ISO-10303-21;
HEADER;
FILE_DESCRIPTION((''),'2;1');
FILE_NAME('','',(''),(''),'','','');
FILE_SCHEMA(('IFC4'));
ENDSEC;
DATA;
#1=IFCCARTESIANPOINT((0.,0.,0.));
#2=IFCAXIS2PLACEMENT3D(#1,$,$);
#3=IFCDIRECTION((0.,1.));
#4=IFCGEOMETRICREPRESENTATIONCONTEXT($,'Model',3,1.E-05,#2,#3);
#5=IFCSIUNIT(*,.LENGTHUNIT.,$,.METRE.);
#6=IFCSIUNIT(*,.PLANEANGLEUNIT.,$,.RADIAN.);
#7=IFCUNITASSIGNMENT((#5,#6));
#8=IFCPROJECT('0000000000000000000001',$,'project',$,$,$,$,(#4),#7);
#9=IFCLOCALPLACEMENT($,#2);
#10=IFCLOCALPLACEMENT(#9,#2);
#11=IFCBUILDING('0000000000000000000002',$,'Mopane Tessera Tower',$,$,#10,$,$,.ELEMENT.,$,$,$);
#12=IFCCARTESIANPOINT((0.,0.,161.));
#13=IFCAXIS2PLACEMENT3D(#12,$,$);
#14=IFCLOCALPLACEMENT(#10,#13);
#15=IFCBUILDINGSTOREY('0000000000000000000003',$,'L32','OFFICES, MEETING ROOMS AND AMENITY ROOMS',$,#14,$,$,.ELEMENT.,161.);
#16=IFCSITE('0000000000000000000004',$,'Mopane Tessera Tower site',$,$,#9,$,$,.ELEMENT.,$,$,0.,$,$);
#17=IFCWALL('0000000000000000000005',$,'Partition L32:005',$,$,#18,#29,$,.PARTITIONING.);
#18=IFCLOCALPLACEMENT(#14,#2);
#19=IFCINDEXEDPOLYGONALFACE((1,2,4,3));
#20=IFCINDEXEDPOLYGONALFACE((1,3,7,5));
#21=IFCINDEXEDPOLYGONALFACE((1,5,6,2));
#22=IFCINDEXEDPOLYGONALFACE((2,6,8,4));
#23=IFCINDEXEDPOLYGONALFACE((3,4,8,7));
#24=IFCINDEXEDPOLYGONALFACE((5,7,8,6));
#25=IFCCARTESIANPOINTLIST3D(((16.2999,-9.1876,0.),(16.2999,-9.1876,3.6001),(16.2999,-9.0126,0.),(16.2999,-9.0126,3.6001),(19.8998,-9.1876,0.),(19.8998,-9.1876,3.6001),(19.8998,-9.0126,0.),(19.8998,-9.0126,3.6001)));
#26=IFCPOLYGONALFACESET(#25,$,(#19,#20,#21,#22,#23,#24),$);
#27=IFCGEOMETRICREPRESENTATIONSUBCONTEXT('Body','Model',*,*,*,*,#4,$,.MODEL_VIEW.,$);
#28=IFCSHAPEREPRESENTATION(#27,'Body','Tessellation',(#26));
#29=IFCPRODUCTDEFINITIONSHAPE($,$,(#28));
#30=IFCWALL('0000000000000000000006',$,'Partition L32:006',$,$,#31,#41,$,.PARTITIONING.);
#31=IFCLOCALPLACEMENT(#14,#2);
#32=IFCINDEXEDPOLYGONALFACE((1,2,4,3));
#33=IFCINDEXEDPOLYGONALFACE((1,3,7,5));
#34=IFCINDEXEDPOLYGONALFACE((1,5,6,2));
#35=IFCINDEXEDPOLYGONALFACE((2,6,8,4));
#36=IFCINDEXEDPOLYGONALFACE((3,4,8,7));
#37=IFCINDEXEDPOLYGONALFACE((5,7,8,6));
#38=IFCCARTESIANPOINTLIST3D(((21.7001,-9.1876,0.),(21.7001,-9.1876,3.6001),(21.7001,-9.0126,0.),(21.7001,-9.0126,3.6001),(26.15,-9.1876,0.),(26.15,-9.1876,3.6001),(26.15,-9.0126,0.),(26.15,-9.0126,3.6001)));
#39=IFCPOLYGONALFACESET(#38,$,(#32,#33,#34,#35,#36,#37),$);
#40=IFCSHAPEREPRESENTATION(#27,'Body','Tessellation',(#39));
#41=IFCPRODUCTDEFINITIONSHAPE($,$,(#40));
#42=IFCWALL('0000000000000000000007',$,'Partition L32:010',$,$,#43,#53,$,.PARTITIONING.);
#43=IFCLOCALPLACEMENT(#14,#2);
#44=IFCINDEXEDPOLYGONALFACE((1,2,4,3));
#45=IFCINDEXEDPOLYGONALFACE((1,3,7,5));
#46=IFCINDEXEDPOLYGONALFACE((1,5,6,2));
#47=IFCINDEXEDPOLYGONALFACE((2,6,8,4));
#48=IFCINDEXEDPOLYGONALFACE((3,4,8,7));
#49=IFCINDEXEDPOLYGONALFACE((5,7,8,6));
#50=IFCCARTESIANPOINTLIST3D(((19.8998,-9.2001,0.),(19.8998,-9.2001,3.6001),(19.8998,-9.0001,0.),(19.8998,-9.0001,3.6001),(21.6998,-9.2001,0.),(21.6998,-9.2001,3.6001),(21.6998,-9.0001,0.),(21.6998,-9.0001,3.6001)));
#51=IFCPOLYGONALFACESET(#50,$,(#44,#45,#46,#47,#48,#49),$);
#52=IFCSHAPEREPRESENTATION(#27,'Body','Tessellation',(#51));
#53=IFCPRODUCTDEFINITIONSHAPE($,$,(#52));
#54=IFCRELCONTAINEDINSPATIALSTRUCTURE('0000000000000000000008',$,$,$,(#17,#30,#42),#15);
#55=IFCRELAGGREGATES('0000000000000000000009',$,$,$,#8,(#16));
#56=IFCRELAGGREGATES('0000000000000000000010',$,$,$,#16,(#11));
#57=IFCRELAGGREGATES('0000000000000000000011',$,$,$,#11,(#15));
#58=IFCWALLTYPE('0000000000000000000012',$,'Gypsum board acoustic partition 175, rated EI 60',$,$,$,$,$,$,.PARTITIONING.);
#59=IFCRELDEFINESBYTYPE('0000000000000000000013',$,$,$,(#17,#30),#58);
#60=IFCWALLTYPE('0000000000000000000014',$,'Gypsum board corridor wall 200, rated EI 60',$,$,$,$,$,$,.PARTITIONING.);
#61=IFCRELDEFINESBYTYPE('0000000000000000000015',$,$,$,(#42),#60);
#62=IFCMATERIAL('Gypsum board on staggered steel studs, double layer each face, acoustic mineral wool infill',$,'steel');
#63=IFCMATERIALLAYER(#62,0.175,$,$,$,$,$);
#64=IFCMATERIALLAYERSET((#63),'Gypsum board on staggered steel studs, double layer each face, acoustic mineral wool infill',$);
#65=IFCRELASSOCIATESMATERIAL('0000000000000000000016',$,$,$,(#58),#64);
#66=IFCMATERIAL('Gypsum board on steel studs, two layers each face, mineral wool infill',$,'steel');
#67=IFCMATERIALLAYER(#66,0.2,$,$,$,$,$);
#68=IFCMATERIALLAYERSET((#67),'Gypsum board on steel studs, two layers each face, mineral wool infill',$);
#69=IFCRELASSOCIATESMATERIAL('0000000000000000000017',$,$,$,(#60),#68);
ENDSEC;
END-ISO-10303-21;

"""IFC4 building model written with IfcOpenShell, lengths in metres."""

from ifc_helpers import new_model, si_unit, direction, frame, frame_2d, origin, place, context, subcontext, project, spatial, rectangle, extrude, material, layer, layer_set, type_object, element, save


model = new_model("IFC4")

# Units and contexts
model_context = context("Model", 3, precision=1e-05, world=origin(), true_north=direction((0.0, 1.0)))
body_context = subcontext(model_context, "Body", "Model", "MODEL_VIEW")
ifc_project = project(units=[si_unit("LENGTHUNIT", "METRE"), si_unit("PLANEANGLEUNIT", "RADIAN")], contexts=[model_context])

# Site, building, storey
site_placement = place(None, origin())
site = spatial("IfcSite", under=ifc_project, at=site_placement, Name="Mopane Tessera Tower site", CompositionType="ELEMENT", RefElevation=0.0)
building_placement = place(site_placement, origin())
building = spatial("IfcBuilding", under=site, at=building_placement, Name="Mopane Tessera Tower", CompositionType="ELEMENT")
storey_placement = place(building_placement, frame((0.0, 0.0, 161.0)))
storey = spatial("IfcBuildingStorey", under=building, at=storey_placement, Name="L32", Description="OFFICES, MEETING ROOMS AND AMENITY ROOMS", CompositionType="ELEMENT", Elevation=161.0)

# Walls
ifc_material_1 = material(Name="Gypsum board on staggered steel studs, double layer each face, acoustic mineral wool infill", Category="steel")
ifc_layer_1 = layer(ifc_material_1, 0.175)
ifc_layer_set_1 = layer_set([ifc_layer_1], Name="Gypsum board on staggered steel studs, double layer each face, acoustic mineral wool infill")
wall_type_1 = type_object("IfcWallType", Name="Gypsum board acoustic partition 175, rated EI 60", PredefinedType="PARTITIONING", material=ifc_layer_set_1)
wall_1_placement = place(storey_placement, frame((16.3, -9.1001, 0.0), z_axis=(0.0, 0.0, 1.0), x_axis=(1.0, 0.0, 0.0)))
element("IfcWall", 1, at=wall_1_placement, inside=storey, type_object=wall_type_1, Name="Partition L32:005", PredefinedType="PARTITIONING", context=body_context, shape_type="SweptSolid", body=[
    extrude(rectangle(XDim=3.5999, YDim=0.175, at=frame_2d((1.7998, 0.0))), origin(), (0.0, 0.0, 1.0), 3.6001),
])
wall_2_placement = place(storey_placement, frame((21.7, -9.1001, 0.0), z_axis=(0.0, 0.0, 1.0), x_axis=(1.0, 0.0, 0.0)))
element("IfcWall", 2, at=wall_2_placement, inside=storey, type_object=wall_type_1, Name="Partition L32:006", PredefinedType="PARTITIONING", context=body_context, shape_type="SweptSolid", body=[
    extrude(rectangle(XDim=4.45, YDim=0.175, at=frame_2d((2.2251, 0.0))), origin(), (0.0, 0.0, 1.0), 3.6001),
])
ifc_material_2 = material(Name="Gypsum board on steel studs, two layers each face, mineral wool infill", Category="steel")
ifc_layer_2 = layer(ifc_material_2, 0.2)
ifc_layer_set_2 = layer_set([ifc_layer_2], Name="Gypsum board on steel studs, two layers each face, mineral wool infill")
wall_type_2 = type_object("IfcWallType", Name="Gypsum board corridor wall 200, rated EI 60", PredefinedType="PARTITIONING", material=ifc_layer_set_2)
wall_3_placement = place(storey_placement, frame((19.8999, -9.1001, 0.0), z_axis=(0.0, 0.0, 1.0), x_axis=(1.0, 0.0, 0.0)))
element("IfcWall", 3, at=wall_3_placement, inside=storey, type_object=wall_type_2, Name="Partition L32:010", PredefinedType="PARTITIONING", context=body_context, shape_type="SweptSolid", body=[
    extrude(rectangle(XDim=1.8, YDim=0.2, at=frame_2d((0.8999, 0.0))), origin(), (0.0, 0.0, 1.0), 3.6001),
])

save(model, "model.ifc")
